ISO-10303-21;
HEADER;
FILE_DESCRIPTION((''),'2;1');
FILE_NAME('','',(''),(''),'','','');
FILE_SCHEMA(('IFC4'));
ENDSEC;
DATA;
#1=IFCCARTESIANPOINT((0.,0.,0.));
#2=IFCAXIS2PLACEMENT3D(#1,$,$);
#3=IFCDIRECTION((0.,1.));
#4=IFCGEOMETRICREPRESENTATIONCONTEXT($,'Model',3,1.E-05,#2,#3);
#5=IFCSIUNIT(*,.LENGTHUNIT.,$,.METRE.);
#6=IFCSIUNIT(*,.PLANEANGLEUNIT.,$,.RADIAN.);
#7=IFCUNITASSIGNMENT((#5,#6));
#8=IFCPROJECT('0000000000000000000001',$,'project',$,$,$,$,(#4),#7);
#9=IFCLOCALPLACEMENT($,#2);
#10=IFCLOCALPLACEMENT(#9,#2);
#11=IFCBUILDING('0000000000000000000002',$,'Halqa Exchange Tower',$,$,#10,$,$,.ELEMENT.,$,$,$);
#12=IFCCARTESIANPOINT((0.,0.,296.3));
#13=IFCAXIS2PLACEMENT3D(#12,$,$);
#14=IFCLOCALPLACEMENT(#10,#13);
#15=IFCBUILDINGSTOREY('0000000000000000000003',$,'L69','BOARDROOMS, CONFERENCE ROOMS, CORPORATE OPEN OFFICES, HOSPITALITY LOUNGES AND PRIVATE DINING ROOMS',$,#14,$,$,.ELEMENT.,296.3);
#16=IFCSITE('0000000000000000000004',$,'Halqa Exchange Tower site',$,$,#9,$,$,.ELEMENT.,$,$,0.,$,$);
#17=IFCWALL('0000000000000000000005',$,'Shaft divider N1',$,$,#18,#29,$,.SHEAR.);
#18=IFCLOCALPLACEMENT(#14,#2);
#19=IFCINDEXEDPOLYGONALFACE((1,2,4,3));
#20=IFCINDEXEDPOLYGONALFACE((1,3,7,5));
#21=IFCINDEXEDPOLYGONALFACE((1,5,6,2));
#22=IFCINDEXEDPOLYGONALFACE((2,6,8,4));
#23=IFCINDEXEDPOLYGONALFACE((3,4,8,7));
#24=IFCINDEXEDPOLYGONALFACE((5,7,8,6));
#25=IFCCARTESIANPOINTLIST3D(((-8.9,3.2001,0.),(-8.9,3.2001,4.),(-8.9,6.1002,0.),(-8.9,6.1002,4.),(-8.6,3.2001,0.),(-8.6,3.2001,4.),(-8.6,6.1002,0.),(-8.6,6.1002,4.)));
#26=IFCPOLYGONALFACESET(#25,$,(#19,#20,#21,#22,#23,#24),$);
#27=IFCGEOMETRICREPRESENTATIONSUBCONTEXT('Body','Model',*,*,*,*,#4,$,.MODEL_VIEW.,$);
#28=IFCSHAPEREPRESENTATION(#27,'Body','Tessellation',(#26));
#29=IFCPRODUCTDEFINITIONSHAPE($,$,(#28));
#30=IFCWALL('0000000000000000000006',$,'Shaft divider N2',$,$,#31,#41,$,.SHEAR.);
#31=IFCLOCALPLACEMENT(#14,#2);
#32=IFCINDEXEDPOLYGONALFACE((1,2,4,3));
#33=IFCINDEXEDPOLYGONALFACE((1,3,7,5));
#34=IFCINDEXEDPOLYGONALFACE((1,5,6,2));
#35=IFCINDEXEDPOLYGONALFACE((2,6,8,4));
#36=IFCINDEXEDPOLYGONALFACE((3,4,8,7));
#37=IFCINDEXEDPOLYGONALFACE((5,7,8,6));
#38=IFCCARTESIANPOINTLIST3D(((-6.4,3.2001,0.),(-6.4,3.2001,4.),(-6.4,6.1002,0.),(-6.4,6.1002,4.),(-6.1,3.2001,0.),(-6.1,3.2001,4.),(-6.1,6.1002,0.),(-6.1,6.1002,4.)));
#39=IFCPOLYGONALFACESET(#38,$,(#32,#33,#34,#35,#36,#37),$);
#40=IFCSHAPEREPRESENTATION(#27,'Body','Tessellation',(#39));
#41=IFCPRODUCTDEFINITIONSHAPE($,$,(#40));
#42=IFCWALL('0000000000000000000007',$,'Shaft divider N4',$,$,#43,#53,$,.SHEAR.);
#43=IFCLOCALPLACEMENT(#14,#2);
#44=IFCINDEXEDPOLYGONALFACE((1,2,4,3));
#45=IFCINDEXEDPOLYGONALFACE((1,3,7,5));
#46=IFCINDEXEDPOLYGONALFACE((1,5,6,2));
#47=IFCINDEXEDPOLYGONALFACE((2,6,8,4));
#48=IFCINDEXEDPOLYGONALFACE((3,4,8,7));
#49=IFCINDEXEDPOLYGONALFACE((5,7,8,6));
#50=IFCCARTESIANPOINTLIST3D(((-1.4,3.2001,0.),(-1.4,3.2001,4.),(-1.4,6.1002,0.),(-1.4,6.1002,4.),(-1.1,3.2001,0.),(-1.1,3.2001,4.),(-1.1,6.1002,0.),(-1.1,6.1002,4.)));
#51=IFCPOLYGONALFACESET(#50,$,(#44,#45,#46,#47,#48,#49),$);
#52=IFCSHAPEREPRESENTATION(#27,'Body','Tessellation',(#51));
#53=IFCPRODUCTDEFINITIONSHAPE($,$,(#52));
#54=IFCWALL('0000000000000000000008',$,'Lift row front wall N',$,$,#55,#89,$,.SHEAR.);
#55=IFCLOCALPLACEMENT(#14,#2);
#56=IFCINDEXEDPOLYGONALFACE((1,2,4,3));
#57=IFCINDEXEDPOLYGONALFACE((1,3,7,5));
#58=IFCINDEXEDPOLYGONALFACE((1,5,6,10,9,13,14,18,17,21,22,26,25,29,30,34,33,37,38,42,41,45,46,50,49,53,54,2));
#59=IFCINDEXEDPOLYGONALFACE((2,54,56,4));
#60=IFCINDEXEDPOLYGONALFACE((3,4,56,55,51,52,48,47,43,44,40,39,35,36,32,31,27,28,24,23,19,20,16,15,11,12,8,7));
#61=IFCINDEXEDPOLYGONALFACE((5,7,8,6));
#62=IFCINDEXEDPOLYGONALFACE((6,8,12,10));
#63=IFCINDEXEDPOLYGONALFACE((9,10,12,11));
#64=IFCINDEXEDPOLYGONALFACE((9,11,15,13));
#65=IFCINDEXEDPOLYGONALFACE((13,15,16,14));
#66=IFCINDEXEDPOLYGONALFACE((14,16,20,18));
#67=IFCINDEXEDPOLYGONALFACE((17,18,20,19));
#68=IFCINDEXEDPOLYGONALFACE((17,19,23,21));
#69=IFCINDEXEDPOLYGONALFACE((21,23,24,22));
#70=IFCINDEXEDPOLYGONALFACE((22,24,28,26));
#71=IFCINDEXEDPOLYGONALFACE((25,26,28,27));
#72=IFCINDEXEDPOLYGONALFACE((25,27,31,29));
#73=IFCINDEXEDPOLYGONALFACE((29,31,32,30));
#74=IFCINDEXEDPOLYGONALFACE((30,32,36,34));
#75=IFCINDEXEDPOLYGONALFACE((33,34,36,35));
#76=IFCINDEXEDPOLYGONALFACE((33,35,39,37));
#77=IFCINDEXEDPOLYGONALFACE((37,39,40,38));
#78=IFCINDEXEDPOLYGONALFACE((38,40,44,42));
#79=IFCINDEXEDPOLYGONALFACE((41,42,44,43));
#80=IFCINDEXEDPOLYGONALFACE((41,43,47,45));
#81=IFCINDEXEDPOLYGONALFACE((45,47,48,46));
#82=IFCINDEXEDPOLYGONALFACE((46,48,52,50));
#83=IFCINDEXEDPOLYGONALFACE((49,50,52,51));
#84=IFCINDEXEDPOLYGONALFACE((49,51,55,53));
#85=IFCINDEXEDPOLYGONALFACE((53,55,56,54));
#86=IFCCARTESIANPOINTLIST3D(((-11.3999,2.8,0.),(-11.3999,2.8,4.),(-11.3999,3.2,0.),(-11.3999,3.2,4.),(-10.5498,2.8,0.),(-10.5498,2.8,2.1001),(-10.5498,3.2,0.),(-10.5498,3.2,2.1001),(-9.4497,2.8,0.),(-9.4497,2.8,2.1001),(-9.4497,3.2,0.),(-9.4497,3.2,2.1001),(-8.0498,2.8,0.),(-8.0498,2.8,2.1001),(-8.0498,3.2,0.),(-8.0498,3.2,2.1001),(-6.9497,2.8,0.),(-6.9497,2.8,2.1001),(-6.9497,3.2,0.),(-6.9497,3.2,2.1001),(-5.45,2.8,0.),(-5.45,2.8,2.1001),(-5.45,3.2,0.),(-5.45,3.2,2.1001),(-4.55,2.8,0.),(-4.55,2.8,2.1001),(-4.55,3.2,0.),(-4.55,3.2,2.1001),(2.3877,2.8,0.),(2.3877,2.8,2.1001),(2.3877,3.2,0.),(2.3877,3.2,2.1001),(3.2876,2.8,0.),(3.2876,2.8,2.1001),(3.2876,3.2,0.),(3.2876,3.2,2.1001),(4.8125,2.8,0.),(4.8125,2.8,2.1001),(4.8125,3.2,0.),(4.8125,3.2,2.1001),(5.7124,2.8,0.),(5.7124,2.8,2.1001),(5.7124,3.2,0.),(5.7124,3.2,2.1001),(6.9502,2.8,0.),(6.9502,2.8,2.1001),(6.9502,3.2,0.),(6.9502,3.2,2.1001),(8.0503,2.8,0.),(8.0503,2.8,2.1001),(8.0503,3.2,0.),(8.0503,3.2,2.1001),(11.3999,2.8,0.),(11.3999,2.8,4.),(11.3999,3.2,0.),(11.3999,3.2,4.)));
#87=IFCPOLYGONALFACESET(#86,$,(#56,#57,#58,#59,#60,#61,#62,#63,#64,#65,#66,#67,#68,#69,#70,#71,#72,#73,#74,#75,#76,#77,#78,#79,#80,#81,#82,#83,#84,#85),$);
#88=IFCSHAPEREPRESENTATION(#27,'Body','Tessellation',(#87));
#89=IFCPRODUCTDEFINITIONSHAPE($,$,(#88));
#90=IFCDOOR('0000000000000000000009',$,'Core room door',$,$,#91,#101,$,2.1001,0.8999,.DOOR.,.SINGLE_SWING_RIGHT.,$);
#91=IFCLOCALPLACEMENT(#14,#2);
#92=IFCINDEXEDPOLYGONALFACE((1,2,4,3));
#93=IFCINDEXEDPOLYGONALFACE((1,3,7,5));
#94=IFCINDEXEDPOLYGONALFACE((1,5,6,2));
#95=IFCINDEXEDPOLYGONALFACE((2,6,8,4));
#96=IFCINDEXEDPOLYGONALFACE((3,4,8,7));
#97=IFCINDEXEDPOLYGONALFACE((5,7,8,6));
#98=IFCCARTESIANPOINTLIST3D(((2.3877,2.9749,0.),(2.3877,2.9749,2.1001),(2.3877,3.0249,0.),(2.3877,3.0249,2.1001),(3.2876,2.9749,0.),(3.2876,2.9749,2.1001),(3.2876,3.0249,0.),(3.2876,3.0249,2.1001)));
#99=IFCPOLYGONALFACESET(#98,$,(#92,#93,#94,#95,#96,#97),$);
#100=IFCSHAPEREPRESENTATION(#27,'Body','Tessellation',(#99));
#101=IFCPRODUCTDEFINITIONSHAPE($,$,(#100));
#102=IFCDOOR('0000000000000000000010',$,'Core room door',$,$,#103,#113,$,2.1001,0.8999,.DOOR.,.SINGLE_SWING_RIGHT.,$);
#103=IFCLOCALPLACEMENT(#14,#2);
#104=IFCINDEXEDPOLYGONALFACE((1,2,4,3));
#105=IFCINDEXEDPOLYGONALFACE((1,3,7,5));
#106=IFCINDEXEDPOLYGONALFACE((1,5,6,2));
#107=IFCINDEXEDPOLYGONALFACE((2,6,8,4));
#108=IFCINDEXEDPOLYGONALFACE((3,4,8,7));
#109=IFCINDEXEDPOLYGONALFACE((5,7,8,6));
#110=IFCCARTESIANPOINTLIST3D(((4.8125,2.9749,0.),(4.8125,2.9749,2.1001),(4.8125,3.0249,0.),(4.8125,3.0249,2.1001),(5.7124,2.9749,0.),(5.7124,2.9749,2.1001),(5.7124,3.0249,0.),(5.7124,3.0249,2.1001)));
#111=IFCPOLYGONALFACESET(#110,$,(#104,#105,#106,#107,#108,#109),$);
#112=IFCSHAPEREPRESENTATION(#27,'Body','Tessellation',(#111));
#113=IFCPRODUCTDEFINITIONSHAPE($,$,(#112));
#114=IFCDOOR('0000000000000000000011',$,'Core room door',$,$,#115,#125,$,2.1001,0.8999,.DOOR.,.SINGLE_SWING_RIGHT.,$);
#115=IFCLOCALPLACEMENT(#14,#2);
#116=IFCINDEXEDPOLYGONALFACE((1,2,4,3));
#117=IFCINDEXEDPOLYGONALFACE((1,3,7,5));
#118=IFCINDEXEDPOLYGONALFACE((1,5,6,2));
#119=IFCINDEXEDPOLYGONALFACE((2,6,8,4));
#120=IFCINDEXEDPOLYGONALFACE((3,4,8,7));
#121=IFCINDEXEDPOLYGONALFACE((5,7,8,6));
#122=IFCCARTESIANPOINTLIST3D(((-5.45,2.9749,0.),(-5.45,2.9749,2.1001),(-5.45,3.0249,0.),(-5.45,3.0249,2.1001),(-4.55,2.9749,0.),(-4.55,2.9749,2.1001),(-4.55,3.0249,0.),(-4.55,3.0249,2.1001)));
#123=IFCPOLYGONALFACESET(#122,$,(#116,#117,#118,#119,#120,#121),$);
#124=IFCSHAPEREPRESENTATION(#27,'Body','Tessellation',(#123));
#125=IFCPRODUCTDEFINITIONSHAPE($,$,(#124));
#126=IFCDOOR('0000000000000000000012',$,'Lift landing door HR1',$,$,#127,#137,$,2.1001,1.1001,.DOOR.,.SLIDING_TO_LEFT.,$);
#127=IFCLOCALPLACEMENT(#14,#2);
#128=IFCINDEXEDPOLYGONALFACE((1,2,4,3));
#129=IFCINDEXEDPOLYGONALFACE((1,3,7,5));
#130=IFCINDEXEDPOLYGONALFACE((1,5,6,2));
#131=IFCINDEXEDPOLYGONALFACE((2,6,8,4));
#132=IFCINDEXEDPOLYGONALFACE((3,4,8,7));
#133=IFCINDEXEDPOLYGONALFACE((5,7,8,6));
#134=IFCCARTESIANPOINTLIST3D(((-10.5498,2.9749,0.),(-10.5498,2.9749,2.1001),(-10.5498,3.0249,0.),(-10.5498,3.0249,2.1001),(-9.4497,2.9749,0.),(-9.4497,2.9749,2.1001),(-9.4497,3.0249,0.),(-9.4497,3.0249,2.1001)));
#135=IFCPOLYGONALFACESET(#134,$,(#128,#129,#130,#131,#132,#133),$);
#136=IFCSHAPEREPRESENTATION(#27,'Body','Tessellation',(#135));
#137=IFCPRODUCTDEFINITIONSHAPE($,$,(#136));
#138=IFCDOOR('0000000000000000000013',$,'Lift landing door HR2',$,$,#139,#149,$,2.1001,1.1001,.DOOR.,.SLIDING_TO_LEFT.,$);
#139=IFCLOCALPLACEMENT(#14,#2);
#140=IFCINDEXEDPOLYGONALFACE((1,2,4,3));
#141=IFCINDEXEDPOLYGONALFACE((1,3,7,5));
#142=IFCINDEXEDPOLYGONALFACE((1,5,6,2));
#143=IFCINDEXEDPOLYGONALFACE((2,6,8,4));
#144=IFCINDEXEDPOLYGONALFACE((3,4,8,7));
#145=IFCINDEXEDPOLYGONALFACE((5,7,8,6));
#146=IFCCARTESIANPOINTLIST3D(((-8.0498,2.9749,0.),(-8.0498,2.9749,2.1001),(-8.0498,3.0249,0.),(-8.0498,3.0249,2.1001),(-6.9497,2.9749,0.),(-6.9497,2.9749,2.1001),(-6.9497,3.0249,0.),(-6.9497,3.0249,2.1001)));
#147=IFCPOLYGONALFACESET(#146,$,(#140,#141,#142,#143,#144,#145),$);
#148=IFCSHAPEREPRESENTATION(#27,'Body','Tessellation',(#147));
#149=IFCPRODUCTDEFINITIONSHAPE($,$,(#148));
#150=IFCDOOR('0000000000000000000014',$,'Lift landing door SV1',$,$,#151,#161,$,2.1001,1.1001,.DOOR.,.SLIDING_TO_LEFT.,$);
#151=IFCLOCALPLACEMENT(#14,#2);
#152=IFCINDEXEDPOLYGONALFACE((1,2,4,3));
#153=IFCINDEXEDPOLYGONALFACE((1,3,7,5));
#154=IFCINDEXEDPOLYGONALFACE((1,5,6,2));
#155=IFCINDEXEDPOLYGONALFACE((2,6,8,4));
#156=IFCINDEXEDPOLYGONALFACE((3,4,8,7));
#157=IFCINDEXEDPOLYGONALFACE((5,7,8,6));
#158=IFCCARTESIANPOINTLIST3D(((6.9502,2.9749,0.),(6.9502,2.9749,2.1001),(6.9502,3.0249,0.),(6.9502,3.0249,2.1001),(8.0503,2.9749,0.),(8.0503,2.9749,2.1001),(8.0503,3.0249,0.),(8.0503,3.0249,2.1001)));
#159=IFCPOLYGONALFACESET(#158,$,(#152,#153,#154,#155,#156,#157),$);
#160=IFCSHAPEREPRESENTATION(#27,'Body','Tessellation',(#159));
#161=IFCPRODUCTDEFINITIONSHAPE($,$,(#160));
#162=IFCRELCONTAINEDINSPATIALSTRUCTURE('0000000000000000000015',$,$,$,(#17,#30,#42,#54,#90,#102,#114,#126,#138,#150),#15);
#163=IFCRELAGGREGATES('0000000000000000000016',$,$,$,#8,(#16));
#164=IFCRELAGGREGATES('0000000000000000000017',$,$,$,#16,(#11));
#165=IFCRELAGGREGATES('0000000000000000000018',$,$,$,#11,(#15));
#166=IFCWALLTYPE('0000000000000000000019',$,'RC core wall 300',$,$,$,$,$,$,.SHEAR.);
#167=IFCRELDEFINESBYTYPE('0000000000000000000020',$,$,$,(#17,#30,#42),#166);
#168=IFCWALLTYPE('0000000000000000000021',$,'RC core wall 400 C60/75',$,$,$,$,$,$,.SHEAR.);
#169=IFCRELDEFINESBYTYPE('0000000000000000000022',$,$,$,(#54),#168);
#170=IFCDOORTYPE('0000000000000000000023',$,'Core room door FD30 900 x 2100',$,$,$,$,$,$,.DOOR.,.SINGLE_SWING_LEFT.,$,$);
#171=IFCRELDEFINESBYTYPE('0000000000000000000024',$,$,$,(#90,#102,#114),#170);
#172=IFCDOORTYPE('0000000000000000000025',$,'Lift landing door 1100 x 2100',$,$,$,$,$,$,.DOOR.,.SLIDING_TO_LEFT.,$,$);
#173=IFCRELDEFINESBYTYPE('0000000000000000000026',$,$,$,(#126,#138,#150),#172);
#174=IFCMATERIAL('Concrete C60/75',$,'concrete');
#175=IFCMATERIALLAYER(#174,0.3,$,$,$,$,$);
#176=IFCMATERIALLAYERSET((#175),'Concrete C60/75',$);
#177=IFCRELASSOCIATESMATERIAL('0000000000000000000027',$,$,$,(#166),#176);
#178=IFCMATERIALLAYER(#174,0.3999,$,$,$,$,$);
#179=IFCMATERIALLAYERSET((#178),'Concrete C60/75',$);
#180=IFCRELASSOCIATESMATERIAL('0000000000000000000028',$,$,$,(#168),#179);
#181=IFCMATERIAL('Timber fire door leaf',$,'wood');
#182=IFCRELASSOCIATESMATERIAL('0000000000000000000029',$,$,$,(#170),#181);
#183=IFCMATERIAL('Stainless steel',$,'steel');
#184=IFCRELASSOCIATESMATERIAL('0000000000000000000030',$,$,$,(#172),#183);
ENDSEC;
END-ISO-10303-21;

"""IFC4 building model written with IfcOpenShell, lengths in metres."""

from ifc_helpers import new_model, si_unit, direction, frame, frame_2d, origin, place, context, subcontext, project, spatial, rectangle, extrude, material, layer, layer_set, type_object, element, fill, save


model = new_model("IFC4")

# Units and contexts
model_context = context("Model", 3, precision=1e-05, world=origin(), true_north=direction((0.0, 1.0)))
body_context = subcontext(model_context, "Body", "Model", "MODEL_VIEW")
ifc_project = project(units=[si_unit("LENGTHUNIT", "METRE"), si_unit("PLANEANGLEUNIT", "RADIAN")], contexts=[model_context])

# Site, building, storey
site_placement = place(None, origin())
site = spatial("IfcSite", under=ifc_project, at=site_placement, Name="Halqa Exchange Tower site", CompositionType="ELEMENT", RefElevation=0.0)
building_placement = place(site_placement, origin())
building = spatial("IfcBuilding", under=site, at=building_placement, Name="Halqa Exchange Tower", CompositionType="ELEMENT")
storey_placement = place(building_placement, frame((0.0, 0.0, 296.3)))
storey = spatial("IfcBuildingStorey", under=building, at=storey_placement, Name="L69", Description="BOARDROOMS, CONFERENCE ROOMS, CORPORATE OPEN OFFICES, HOSPITALITY LOUNGES AND PRIVATE DINING ROOMS", CompositionType="ELEMENT", Elevation=296.3)

# Walls
ifc_material_1 = material(Name="Concrete C60/75", Category="concrete")
ifc_layer_1 = layer(ifc_material_1, 0.3)
ifc_layer_set_1 = layer_set([ifc_layer_1], Name="Concrete C60/75")
wall_type_1 = type_object("IfcWallType", Name="RC core wall 300", PredefinedType="SHEAR", material=ifc_layer_set_1)
for number, where, z_axis, x_axis, name in (
    (1, (-8.75, 3.2, 0.0), (0.0, 0.0, 1.0), (0.0, 1.0, 0.0), "Shaft divider N1"),
    (2, (-6.25, 3.2, 0.0), (0.0, 0.0, 1.0), (0.0, 1.0, 0.0), "Shaft divider N2"),
    (3, (-1.25, 3.2, 0.0), (0.0, 0.0, 1.0), (0.0, 1.0, 0.0), "Shaft divider N4"),
):
    element("IfcWall", number, at=place(storey_placement, frame(where, z_axis=z_axis, x_axis=x_axis)), inside=storey, type_object=wall_type_1, Name=name, PredefinedType="SHEAR", context=body_context, shape_type="SweptSolid", body=[
        extrude(rectangle(XDim=2.9001, YDim=0.3, at=frame_2d((1.4502, 0.0))), origin(), (0.0, 0.0, 1.0), 4.0),
    ])

# Wall, openings, doors
ifc_layer_2 = layer(ifc_material_1, 0.3999)
ifc_layer_set_2 = layer_set([ifc_layer_2], Name="Concrete C60/75")
wall_type_2 = type_object("IfcWallType", Name="RC core wall 400 C60/75", PredefinedType="SHEAR", material=ifc_layer_set_2)
wall_1_placement = place(storey_placement, frame((-11.3999, 3.0, 0.0), z_axis=(0.0, 0.0, 1.0), x_axis=(1.0, 0.0, 0.0)))
wall_1 = element("IfcWall", 4, at=wall_1_placement, inside=storey, type_object=wall_type_2, Name="Lift row front wall N", PredefinedType="SHEAR", context=body_context, shape_type="SweptSolid", body=[
    extrude(rectangle(XDim=22.7998, YDim=0.3999, at=frame_2d((11.3999, 0.0))), origin(), (0.0, 0.0, 1.0), 4.0),
])
opening_1_placement = place(wall_1_placement, frame((0.8501, 0.0, 0.0)))
opening_1 = element("IfcOpeningElement", 5, at=opening_1_placement, cuts=wall_1, PredefinedType="OPENING", context=body_context, shape_type="SweptSolid", body=[
    extrude(rectangle(XDim=1.1001, YDim=2.1001, at=frame_2d((0.55, 1.05))), frame((0.0, 0.2119, 0.0), z_axis=(0.0, -1.0, 0.0), x_axis=(1.0, 0.0, 0.0)), (0.0, 0.0, 1.0), 0.4238),
])
opening_2_placement = place(wall_1_placement, frame((3.3501, 0.0, 0.0)))
opening_2 = element("IfcOpeningElement", 6, at=opening_2_placement, cuts=wall_1, PredefinedType="OPENING", context=body_context, shape_type="SweptSolid", body=[
    extrude(rectangle(XDim=1.1001, YDim=2.1001, at=frame_2d((0.55, 1.05))), frame((0.0, 0.2119, 0.0), z_axis=(0.0, -1.0, 0.0), x_axis=(1.0, 0.0, 0.0)), (0.0, 0.0, 1.0), 0.4238),
])
opening_3_placement = place(wall_1_placement, frame((18.3501, 0.0, 0.0)))
opening_3 = element("IfcOpeningElement", 7, at=opening_3_placement, cuts=wall_1, PredefinedType="OPENING", context=body_context, shape_type="SweptSolid", body=[
    extrude(rectangle(XDim=1.1001, YDim=2.1001, at=frame_2d((0.55, 1.05))), frame((0.0, 0.2119, 0.0), z_axis=(0.0, -1.0, 0.0), x_axis=(1.0, 0.0, 0.0)), (0.0, 0.0, 1.0), 0.4238),
])
opening_4_placement = place(wall_1_placement, frame((13.7876, 0.0, 0.0)))
opening_4 = element("IfcOpeningElement", 8, at=opening_4_placement, cuts=wall_1, PredefinedType="OPENING", context=body_context, shape_type="SweptSolid", body=[
    extrude(rectangle(XDim=0.8999, YDim=2.1001, at=frame_2d((0.45, 1.05))), frame((0.0, 0.2119, 0.0), z_axis=(0.0, -1.0, 0.0), x_axis=(1.0, 0.0, 0.0)), (0.0, 0.0, 1.0), 0.4238),
])
opening_5_placement = place(wall_1_placement, frame((16.2124, 0.0, 0.0)))
opening_5 = element("IfcOpeningElement", 9, at=opening_5_placement, cuts=wall_1, PredefinedType="OPENING", context=body_context, shape_type="SweptSolid", body=[
    extrude(rectangle(XDim=0.8999, YDim=2.1001, at=frame_2d((0.45, 1.05))), frame((0.0, 0.2119, 0.0), z_axis=(0.0, -1.0, 0.0), x_axis=(1.0, 0.0, 0.0)), (0.0, 0.0, 1.0), 0.4238),
])
opening_6_placement = place(wall_1_placement, frame((5.95, 0.0, 0.0)))
opening_6 = element("IfcOpeningElement", 10, at=opening_6_placement, cuts=wall_1, PredefinedType="OPENING", context=body_context, shape_type="SweptSolid", body=[
    extrude(rectangle(XDim=0.8999, YDim=2.1001, at=frame_2d((0.45, 1.05))), frame((0.0, 0.2119, 0.0), z_axis=(0.0, -1.0, 0.0), x_axis=(1.0, 0.0, 0.0)), (0.0, 0.0, 1.0), 0.4238),
])
ifc_material_2 = material(Name="Timber fire door leaf", Category="wood")
door_type_1 = type_object("IfcDoorType", Name="Core room door FD30 900 x 2100", OperationType="SINGLE_SWING_LEFT", PredefinedType="DOOR", material=ifc_material_2)
door_1_placement = place(opening_4_placement, origin())
door_1 = element("IfcDoor", 11, at=door_1_placement, inside=storey, type_object=door_type_1, Name="Core room door", OperationType="SINGLE_SWING_RIGHT", OverallHeight=2.1001, OverallWidth=0.8999, PredefinedType="DOOR", context=body_context, shape_type="SweptSolid", body=[
    extrude(rectangle(XDim=0.8999, YDim=2.1001, at=frame_2d((0.45, 1.05))), frame((0.0, 0.0249, 0.0), z_axis=(0.0, -1.0, 0.0), x_axis=(1.0, 0.0, 0.0)), (0.0, 0.0, 1.0), 0.05),
])
fill(opening_4, door_1)
door_2_placement = place(opening_5_placement, origin())
door_2 = element("IfcDoor", 12, at=door_2_placement, inside=storey, type_object=door_type_1, Name="Core room door", OperationType="SINGLE_SWING_RIGHT", OverallHeight=2.1001, OverallWidth=0.8999, PredefinedType="DOOR", context=body_context, shape_type="SweptSolid", body=[
    extrude(rectangle(XDim=0.8999, YDim=2.1001, at=frame_2d((0.45, 1.05))), frame((0.0, 0.0249, 0.0), z_axis=(0.0, -1.0, 0.0), x_axis=(1.0, 0.0, 0.0)), (0.0, 0.0, 1.0), 0.05),
])
fill(opening_5, door_2)
door_3_placement = place(opening_6_placement, origin())
door_3 = element("IfcDoor", 13, at=door_3_placement, inside=storey, type_object=door_type_1, Name="Core room door", OperationType="SINGLE_SWING_RIGHT", OverallHeight=2.1001, OverallWidth=0.8999, PredefinedType="DOOR", context=body_context, shape_type="SweptSolid", body=[
    extrude(rectangle(XDim=0.8999, YDim=2.1001, at=frame_2d((0.45, 1.05))), frame((0.0, 0.0249, 0.0), z_axis=(0.0, -1.0, 0.0), x_axis=(1.0, 0.0, 0.0)), (0.0, 0.0, 1.0), 0.05),
])
fill(opening_6, door_3)
ifc_material_3 = material(Name="Stainless steel", Category="steel")
door_type_2 = type_object("IfcDoorType", Name="Lift landing door 1100 x 2100", OperationType="SLIDING_TO_LEFT", PredefinedType="DOOR", material=ifc_material_3)
door_4_placement = place(opening_1_placement, origin())
door_4 = element("IfcDoor", 14, at=door_4_placement, inside=storey, type_object=door_type_2, Name="Lift landing door HR1", OperationType="SLIDING_TO_LEFT", OverallHeight=2.1001, OverallWidth=1.1001, PredefinedType="DOOR", context=body_context, shape_type="SweptSolid", body=[
    extrude(rectangle(XDim=1.1001, YDim=2.1001, at=frame_2d((0.55, 1.05))), frame((0.0, 0.0249, 0.0), z_axis=(0.0, -1.0, 0.0), x_axis=(1.0, 0.0, 0.0)), (0.0, 0.0, 1.0), 0.05),
])
fill(opening_1, door_4)
door_5_placement = place(opening_2_placement, origin())
door_5 = element("IfcDoor", 15, at=door_5_placement, inside=storey, type_object=door_type_2, Name="Lift landing door HR2", OperationType="SLIDING_TO_LEFT", OverallHeight=2.1001, OverallWidth=1.1001, PredefinedType="DOOR", context=body_context, shape_type="SweptSolid", body=[
    extrude(rectangle(XDim=1.1001, YDim=2.1001, at=frame_2d((0.55, 1.05))), frame((0.0, 0.0249, 0.0), z_axis=(0.0, -1.0, 0.0), x_axis=(1.0, 0.0, 0.0)), (0.0, 0.0, 1.0), 0.05),
])
fill(opening_2, door_5)
door_6_placement = place(opening_3_placement, origin())
door_6 = element("IfcDoor", 16, at=door_6_placement, inside=storey, type_object=door_type_2, Name="Lift landing door SV1", OperationType="SLIDING_TO_LEFT", OverallHeight=2.1001, OverallWidth=1.1001, PredefinedType="DOOR", context=body_context, shape_type="SweptSolid", body=[
    extrude(rectangle(XDim=1.1001, YDim=2.1001, at=frame_2d((0.55, 1.05))), frame((0.0, 0.0249, 0.0), z_axis=(0.0, -1.0, 0.0), x_axis=(1.0, 0.0, 0.0)), (0.0, 0.0, 1.0), 0.05),
])
fill(opening_3, door_6)

save(model, "model.ifc")
